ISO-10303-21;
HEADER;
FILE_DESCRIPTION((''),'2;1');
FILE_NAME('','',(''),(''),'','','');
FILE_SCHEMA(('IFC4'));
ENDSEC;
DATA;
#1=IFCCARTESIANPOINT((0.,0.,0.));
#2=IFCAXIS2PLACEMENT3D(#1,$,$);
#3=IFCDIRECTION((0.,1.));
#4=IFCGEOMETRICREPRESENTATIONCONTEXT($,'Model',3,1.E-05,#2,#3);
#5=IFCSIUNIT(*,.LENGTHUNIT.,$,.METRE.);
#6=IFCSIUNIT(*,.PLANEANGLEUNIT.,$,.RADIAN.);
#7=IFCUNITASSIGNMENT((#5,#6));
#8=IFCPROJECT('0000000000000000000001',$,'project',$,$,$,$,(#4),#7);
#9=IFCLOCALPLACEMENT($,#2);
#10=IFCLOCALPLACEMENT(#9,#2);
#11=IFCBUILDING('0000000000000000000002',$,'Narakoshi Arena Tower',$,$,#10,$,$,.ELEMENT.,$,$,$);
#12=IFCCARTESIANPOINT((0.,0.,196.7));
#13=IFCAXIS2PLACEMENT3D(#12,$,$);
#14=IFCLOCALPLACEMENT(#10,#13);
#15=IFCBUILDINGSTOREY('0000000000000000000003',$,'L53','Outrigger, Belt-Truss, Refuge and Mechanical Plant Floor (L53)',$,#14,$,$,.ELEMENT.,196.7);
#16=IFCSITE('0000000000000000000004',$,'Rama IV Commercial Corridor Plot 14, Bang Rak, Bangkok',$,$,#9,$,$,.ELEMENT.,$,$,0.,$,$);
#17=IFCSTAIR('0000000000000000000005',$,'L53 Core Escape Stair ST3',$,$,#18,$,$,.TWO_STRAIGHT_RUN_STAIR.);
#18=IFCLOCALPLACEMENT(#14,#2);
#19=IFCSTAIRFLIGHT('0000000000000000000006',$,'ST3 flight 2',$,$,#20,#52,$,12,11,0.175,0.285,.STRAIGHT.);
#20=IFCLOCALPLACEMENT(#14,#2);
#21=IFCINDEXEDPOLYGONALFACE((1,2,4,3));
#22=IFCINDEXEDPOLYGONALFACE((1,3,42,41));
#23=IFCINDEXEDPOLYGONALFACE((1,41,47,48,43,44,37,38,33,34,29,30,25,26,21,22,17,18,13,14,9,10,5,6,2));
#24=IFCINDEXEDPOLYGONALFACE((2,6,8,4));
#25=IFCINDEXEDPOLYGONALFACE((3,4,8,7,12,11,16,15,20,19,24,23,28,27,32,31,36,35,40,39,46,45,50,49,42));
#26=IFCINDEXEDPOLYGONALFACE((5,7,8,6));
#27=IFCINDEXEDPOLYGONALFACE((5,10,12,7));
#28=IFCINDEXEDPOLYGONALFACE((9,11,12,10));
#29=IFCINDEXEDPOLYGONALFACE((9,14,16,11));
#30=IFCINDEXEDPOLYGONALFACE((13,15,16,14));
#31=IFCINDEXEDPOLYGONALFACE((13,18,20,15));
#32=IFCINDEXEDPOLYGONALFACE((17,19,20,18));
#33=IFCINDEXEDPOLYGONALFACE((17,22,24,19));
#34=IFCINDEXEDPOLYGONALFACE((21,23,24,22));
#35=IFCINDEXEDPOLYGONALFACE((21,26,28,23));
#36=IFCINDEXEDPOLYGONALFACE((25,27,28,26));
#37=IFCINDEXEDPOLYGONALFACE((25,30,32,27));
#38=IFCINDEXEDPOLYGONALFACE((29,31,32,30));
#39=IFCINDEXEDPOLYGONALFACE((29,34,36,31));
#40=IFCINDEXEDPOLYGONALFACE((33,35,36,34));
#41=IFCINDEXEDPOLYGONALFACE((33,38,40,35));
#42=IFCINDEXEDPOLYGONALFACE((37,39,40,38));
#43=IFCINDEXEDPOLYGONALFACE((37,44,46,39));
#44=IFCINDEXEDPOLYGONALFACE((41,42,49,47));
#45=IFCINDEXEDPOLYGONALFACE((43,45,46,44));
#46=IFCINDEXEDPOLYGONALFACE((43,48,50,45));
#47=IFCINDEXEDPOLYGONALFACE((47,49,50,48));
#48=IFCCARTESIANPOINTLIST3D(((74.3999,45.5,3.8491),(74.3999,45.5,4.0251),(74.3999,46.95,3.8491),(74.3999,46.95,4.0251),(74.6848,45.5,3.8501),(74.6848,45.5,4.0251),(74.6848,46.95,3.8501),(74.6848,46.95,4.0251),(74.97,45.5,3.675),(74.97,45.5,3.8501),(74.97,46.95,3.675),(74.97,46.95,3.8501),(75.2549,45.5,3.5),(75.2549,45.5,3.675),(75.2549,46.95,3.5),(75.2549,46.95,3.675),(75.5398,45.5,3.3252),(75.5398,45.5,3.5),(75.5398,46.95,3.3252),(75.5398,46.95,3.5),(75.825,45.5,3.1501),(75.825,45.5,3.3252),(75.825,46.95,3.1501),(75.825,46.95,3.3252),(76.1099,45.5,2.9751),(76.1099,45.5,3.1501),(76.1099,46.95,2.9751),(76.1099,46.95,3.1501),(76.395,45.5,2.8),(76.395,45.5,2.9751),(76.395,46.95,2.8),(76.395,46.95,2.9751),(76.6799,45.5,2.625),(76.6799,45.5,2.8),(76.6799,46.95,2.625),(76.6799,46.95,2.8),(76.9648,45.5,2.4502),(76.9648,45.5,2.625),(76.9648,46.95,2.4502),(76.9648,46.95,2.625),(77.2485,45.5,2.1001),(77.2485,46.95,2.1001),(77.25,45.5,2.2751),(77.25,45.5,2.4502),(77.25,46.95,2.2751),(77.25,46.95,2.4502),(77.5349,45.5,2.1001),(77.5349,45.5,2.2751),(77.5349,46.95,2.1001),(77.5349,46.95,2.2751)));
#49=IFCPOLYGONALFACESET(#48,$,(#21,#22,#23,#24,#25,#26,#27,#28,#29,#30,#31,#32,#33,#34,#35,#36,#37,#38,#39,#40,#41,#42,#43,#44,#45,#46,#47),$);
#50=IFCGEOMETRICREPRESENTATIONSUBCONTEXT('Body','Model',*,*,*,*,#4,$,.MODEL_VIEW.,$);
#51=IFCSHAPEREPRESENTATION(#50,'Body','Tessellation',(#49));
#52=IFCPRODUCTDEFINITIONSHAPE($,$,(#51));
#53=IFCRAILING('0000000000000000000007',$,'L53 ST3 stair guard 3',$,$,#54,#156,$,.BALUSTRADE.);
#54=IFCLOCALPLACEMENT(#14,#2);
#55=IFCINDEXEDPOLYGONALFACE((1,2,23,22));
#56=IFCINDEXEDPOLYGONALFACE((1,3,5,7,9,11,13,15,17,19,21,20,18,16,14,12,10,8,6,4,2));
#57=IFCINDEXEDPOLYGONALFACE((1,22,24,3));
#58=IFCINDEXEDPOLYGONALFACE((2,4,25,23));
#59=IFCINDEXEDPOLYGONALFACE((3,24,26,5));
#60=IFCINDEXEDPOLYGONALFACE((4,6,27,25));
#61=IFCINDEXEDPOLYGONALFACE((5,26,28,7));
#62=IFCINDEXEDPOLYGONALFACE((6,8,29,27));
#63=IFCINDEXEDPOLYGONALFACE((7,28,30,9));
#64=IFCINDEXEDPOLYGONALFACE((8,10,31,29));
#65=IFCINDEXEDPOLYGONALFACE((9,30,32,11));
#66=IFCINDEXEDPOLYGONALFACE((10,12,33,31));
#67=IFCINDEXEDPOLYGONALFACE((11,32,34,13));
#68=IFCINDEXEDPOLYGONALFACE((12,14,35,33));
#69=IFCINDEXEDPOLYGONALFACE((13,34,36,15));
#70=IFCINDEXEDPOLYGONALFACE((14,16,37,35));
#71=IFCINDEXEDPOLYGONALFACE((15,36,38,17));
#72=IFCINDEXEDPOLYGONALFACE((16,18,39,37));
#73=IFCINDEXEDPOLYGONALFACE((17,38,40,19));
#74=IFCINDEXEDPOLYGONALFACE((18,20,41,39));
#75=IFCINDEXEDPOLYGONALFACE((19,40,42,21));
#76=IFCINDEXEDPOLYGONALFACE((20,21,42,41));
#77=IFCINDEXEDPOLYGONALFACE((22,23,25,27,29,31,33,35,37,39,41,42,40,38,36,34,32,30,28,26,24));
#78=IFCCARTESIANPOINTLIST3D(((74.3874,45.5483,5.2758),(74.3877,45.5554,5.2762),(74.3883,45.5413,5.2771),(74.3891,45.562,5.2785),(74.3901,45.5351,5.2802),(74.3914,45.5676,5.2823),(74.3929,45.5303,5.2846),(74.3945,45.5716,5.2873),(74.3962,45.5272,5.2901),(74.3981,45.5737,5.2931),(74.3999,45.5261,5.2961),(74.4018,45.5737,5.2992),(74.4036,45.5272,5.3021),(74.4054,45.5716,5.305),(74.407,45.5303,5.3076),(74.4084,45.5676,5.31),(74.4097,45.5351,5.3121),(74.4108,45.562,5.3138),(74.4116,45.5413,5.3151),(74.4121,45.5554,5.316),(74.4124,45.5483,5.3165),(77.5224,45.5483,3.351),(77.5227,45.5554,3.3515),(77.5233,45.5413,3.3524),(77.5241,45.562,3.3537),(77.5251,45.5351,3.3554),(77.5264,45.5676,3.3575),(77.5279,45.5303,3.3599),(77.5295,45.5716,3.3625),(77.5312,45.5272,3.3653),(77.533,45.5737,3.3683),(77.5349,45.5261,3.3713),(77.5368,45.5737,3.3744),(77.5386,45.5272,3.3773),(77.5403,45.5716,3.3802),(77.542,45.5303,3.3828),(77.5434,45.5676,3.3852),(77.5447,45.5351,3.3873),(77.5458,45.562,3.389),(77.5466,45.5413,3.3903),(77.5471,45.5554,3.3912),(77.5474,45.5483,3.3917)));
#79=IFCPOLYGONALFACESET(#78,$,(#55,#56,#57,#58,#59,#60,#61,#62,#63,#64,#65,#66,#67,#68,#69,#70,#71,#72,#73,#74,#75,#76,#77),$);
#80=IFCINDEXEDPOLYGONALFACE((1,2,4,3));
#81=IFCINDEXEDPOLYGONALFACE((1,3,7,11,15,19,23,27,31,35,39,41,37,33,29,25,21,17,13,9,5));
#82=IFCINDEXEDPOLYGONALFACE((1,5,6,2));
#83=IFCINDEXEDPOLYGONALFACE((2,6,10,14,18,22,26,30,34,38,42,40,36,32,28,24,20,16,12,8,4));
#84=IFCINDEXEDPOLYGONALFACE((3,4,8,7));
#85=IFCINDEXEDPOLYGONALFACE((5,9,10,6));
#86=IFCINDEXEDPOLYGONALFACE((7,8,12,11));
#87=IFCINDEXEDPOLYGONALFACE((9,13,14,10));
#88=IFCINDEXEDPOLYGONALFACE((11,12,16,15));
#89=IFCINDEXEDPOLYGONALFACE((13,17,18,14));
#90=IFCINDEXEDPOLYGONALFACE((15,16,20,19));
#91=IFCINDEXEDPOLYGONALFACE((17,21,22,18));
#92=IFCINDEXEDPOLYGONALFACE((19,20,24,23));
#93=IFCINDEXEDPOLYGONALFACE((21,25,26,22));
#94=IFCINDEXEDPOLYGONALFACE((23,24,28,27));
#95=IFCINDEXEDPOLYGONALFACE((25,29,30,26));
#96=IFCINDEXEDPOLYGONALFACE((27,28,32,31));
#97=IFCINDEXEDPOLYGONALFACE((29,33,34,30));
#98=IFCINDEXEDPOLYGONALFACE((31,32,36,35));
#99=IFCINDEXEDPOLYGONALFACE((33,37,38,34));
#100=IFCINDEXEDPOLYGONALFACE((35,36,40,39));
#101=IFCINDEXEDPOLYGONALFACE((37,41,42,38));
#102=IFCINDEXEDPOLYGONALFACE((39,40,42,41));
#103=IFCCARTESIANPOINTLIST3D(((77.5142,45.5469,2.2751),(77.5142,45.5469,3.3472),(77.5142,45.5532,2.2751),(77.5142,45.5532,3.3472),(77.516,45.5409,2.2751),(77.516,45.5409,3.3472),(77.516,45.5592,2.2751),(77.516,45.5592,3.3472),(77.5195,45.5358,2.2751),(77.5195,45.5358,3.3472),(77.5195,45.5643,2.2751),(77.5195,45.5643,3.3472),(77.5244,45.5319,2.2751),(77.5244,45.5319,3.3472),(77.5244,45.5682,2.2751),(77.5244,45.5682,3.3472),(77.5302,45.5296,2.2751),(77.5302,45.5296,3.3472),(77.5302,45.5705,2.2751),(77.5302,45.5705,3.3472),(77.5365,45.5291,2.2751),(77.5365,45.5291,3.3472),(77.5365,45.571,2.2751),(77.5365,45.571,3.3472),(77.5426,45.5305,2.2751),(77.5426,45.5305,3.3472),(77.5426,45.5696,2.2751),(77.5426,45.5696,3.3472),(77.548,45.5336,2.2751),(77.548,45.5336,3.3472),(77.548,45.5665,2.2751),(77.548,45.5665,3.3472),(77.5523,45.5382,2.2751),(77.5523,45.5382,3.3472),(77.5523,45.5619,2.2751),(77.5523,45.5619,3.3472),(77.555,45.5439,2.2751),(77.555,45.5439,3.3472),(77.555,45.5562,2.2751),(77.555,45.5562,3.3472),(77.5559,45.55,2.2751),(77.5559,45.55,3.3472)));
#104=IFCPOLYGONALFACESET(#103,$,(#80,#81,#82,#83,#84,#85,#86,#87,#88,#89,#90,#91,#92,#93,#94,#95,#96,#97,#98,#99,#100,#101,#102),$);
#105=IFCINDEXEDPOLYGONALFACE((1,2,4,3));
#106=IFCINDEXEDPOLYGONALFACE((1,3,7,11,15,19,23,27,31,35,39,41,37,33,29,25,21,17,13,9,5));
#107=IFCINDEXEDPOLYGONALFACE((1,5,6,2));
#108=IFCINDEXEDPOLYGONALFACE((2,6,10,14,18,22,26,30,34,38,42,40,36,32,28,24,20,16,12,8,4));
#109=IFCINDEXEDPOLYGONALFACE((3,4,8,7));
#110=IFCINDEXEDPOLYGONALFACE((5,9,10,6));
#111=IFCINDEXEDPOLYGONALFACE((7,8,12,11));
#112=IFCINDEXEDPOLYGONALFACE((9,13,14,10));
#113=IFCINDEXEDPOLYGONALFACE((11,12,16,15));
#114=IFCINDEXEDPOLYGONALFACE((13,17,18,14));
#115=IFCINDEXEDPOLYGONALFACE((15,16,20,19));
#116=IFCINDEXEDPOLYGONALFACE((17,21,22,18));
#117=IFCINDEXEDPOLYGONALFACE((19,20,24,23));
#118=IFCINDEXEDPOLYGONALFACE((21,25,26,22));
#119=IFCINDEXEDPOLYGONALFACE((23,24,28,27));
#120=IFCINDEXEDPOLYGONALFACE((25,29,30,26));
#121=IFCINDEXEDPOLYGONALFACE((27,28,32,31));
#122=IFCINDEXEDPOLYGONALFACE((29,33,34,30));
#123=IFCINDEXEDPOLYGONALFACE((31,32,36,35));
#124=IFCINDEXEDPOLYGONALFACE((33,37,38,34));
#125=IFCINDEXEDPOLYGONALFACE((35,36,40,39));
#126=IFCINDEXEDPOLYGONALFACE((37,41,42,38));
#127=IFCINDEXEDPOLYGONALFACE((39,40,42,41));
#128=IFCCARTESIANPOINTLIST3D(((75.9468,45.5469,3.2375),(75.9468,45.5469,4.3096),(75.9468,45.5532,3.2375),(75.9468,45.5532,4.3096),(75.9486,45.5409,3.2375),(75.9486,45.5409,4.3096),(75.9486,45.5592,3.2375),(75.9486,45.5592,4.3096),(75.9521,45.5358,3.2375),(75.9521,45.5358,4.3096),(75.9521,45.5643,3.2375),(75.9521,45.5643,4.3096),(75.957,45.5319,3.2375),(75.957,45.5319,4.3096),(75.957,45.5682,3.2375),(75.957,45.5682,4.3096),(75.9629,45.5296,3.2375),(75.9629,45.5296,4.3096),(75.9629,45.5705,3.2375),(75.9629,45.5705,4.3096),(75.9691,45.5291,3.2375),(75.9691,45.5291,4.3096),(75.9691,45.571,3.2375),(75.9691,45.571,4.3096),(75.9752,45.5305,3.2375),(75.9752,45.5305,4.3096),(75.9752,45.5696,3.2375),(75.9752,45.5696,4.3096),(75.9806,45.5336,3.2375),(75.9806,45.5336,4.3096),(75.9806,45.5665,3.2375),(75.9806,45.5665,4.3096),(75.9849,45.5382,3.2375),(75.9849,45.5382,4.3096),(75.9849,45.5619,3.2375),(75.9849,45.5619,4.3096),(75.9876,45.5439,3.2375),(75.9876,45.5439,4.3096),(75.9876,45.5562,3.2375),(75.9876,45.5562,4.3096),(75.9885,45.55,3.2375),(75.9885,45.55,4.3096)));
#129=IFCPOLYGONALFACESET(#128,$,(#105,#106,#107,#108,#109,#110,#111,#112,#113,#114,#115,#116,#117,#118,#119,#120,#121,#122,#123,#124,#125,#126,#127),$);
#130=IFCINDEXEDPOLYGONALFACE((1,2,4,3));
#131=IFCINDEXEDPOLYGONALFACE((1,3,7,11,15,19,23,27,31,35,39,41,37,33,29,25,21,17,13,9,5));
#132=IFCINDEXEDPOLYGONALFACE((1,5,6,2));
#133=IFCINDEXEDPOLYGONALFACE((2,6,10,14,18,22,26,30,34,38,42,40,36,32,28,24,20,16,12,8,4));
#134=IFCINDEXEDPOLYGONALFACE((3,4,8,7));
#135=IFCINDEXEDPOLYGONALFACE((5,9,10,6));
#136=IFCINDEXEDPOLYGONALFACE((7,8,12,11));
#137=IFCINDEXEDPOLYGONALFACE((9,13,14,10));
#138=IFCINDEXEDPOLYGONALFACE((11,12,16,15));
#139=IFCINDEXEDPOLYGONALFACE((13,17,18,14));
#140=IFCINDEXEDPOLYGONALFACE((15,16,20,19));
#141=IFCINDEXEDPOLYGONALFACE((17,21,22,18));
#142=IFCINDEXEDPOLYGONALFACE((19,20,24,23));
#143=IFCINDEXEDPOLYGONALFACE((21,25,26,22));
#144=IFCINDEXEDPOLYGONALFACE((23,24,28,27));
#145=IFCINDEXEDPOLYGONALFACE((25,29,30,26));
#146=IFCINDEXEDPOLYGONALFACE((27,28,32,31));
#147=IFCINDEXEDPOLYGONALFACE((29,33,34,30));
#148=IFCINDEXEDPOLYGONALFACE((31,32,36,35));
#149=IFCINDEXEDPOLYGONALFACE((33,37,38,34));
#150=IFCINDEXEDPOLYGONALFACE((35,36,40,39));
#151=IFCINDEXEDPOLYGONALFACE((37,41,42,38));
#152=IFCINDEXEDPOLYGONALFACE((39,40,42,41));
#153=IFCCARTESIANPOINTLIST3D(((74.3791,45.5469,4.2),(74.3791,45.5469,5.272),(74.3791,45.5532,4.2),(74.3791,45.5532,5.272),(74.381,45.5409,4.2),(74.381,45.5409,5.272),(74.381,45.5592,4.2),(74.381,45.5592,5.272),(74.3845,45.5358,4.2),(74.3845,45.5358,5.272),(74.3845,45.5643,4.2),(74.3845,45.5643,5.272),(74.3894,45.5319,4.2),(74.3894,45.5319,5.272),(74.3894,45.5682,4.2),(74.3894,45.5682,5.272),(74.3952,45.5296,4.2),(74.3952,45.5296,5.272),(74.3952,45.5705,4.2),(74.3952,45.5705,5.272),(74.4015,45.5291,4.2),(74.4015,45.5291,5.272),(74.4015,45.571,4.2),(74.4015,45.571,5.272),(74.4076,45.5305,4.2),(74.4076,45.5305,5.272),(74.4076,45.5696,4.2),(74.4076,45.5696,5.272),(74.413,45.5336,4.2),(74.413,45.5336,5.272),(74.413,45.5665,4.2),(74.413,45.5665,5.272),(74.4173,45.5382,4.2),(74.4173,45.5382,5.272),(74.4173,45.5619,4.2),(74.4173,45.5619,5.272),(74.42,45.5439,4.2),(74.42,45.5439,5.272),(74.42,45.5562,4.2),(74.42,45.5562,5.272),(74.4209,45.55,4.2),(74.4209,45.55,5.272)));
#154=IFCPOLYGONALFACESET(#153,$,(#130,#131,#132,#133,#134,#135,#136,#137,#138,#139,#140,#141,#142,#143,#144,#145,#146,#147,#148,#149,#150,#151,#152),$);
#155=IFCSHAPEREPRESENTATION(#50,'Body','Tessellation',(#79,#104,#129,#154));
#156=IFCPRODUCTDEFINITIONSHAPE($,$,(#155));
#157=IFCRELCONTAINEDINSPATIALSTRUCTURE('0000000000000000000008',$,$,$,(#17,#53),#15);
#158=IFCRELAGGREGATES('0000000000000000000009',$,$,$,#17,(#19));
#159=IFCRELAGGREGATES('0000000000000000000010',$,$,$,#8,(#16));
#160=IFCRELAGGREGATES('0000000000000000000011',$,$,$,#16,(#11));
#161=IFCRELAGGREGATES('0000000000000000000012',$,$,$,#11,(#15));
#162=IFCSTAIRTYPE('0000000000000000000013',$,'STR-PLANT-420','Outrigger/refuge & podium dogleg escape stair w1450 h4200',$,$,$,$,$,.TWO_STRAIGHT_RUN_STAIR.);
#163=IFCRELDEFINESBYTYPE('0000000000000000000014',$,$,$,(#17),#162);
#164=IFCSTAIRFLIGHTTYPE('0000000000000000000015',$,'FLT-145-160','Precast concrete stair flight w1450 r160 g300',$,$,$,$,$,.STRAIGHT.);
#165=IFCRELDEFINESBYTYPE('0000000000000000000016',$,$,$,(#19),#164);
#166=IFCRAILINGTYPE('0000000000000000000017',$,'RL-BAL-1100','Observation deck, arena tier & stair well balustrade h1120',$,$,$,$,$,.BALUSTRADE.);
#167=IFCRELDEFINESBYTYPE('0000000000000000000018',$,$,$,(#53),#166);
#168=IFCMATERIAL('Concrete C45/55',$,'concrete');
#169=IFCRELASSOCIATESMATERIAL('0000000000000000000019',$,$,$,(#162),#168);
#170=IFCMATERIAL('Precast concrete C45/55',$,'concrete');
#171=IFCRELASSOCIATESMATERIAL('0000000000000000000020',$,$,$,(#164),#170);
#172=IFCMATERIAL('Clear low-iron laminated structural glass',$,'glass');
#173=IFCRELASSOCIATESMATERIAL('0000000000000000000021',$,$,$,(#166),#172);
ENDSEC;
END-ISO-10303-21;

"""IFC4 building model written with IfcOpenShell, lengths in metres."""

from ifc_helpers import new_model, si_unit, direction, frame, origin, origin_2d, place, context, subcontext, project, spatial, polyline, circle, outline, extrude, material, type_object, element, aggregate, save


model = new_model("IFC4")

# Units and contexts
model_context = context("Model", 3, precision=1e-05, world=origin(), true_north=direction((0.0, 1.0)))
body_context = subcontext(model_context, "Body", "Model", "MODEL_VIEW")
ifc_project = project(units=[si_unit("LENGTHUNIT", "METRE"), si_unit("PLANEANGLEUNIT", "RADIAN")], contexts=[model_context])

# Site, building, storey
site_placement = place(None, origin())
site = spatial("IfcSite", under=ifc_project, at=site_placement, Name="Rama IV Commercial Corridor Plot 14, Bang Rak, Bangkok", CompositionType="ELEMENT", RefElevation=0.0)
building_placement = place(site_placement, origin())
building = spatial("IfcBuilding", under=site, at=building_placement, Name="Narakoshi Arena Tower", CompositionType="ELEMENT")
storey_placement = place(building_placement, frame((0.0, 0.0, 196.7)))
storey = spatial("IfcBuildingStorey", under=building, at=storey_placement, Name="L53", Description="Outrigger, Belt-Truss, Refuge and Mechanical Plant Floor (L53)", CompositionType="ELEMENT", Elevation=196.7)

# Stair, stair flight
ifc_material_1 = material(Name="Concrete C45/55", Category="concrete")
stair_type = type_object("IfcStairType", Name="STR-PLANT-420", Description="Outrigger/refuge & podium dogleg escape stair w1450 h4200", PredefinedType="TWO_STRAIGHT_RUN_STAIR", material=ifc_material_1)
stair_placement = place(storey_placement, origin())
stair = element("IfcStair", 1, at=stair_placement, inside=storey, type_object=stair_type, Name="L53 Core Escape Stair ST3", PredefinedType="TWO_STRAIGHT_RUN_STAIR")
ifc_material_2 = material(Name="Precast concrete C45/55", Category="concrete")
stair_flight_type = type_object("IfcStairFlightType", Name="FLT-145-160", Description="Precast concrete stair flight w1450 r160 g300", PredefinedType="STRAIGHT", material=ifc_material_2)
stair_flight_placement = place(storey_placement, frame((77.5349, 46.2251, 2.1001), z_axis=(0.0, 0.0, 1.0), x_axis=(-1.0, 0.0, 0.0)))
stair_flight = element("IfcStairFlight", 2, at=stair_flight_placement, type_object=stair_flight_type, Name="ST3 flight 2", NumberOfRisers=12, NumberOfTreads=11, PredefinedType="STRAIGHT", RiserHeight=0.175, TreadLength=0.285, context=body_context, shape_type="SweptSolid", body=[
    extrude(outline(polyline([(0.0, 0.0), (0.0, 0.175), (0.2849, 0.175), (0.2849, 0.3501), (0.5701, 0.3501), (0.5701, 0.5249), (0.855, 0.5249), (0.855, 0.7), (1.1399, 0.7), (1.1399, 0.875), (1.425, 0.875), (1.425, 1.05), (1.71, 1.05), (1.71, 1.2251), (1.9951, 1.2251), (1.9951, 1.3999), (2.28, 1.3999), (2.28, 1.575), (2.5649, 1.575), (2.5649, 1.75), (2.8501, 1.75), (2.8501, 1.925), (3.135, 1.925), (3.135, 2.1001), (3.135, 1.749), (0.2864, 0.0), (0.0, 0.0)])), frame((0.0, 0.7251, 0.0), z_axis=(0.0, -1.0, 0.0), x_axis=(1.0, 0.0, 0.0)), (0.0, 0.0, 1.0), 1.45),
])
aggregate(stair, [stair_flight])

# Railing
ifc_material_3 = material(Name="Clear low-iron laminated structural glass", Category="glass")
railing_type_1 = type_object("IfcRailingType", Name="RL-BAL-1100", Description="Observation deck, arena tier & stair well balustrade h1120", PredefinedType="BALUSTRADE", material=ifc_material_3)
railing_1_placement = place(storey_placement, frame((77.5349, 45.55, 2.2751)))
element("IfcRailing", 3, at=railing_1_placement, inside=storey, type_object=railing_type_1, Name="L53 ST3 stair guard 3", PredefinedType="BALUSTRADE", context=body_context, shape_type="SweptSolid", body=[
    extrude(circle(Radius=0.0239, at=origin_2d()), frame((0.0, 0.0, 1.0962), z_axis=(-0.852196, 0.0, 0.523223), x_axis=(0.0, -1.0, 0.0)), (0.0, 0.0, 1.0), 3.6787),
    extrude(circle(Radius=0.021, at=origin_2d()), origin(), (0.0, 0.0, 1.0), 1.072),
    extrude(circle(Radius=0.021, at=origin_2d()), frame((-1.5674, 0.0, 0.9624)), (0.0, 0.0, 1.0), 1.072),
    extrude(circle(Radius=0.021, at=origin_2d()), frame((-3.135, 0.0, 1.9248)), (0.0, 0.0, 1.0), 1.072),
])

save(model, "model.ifc")
